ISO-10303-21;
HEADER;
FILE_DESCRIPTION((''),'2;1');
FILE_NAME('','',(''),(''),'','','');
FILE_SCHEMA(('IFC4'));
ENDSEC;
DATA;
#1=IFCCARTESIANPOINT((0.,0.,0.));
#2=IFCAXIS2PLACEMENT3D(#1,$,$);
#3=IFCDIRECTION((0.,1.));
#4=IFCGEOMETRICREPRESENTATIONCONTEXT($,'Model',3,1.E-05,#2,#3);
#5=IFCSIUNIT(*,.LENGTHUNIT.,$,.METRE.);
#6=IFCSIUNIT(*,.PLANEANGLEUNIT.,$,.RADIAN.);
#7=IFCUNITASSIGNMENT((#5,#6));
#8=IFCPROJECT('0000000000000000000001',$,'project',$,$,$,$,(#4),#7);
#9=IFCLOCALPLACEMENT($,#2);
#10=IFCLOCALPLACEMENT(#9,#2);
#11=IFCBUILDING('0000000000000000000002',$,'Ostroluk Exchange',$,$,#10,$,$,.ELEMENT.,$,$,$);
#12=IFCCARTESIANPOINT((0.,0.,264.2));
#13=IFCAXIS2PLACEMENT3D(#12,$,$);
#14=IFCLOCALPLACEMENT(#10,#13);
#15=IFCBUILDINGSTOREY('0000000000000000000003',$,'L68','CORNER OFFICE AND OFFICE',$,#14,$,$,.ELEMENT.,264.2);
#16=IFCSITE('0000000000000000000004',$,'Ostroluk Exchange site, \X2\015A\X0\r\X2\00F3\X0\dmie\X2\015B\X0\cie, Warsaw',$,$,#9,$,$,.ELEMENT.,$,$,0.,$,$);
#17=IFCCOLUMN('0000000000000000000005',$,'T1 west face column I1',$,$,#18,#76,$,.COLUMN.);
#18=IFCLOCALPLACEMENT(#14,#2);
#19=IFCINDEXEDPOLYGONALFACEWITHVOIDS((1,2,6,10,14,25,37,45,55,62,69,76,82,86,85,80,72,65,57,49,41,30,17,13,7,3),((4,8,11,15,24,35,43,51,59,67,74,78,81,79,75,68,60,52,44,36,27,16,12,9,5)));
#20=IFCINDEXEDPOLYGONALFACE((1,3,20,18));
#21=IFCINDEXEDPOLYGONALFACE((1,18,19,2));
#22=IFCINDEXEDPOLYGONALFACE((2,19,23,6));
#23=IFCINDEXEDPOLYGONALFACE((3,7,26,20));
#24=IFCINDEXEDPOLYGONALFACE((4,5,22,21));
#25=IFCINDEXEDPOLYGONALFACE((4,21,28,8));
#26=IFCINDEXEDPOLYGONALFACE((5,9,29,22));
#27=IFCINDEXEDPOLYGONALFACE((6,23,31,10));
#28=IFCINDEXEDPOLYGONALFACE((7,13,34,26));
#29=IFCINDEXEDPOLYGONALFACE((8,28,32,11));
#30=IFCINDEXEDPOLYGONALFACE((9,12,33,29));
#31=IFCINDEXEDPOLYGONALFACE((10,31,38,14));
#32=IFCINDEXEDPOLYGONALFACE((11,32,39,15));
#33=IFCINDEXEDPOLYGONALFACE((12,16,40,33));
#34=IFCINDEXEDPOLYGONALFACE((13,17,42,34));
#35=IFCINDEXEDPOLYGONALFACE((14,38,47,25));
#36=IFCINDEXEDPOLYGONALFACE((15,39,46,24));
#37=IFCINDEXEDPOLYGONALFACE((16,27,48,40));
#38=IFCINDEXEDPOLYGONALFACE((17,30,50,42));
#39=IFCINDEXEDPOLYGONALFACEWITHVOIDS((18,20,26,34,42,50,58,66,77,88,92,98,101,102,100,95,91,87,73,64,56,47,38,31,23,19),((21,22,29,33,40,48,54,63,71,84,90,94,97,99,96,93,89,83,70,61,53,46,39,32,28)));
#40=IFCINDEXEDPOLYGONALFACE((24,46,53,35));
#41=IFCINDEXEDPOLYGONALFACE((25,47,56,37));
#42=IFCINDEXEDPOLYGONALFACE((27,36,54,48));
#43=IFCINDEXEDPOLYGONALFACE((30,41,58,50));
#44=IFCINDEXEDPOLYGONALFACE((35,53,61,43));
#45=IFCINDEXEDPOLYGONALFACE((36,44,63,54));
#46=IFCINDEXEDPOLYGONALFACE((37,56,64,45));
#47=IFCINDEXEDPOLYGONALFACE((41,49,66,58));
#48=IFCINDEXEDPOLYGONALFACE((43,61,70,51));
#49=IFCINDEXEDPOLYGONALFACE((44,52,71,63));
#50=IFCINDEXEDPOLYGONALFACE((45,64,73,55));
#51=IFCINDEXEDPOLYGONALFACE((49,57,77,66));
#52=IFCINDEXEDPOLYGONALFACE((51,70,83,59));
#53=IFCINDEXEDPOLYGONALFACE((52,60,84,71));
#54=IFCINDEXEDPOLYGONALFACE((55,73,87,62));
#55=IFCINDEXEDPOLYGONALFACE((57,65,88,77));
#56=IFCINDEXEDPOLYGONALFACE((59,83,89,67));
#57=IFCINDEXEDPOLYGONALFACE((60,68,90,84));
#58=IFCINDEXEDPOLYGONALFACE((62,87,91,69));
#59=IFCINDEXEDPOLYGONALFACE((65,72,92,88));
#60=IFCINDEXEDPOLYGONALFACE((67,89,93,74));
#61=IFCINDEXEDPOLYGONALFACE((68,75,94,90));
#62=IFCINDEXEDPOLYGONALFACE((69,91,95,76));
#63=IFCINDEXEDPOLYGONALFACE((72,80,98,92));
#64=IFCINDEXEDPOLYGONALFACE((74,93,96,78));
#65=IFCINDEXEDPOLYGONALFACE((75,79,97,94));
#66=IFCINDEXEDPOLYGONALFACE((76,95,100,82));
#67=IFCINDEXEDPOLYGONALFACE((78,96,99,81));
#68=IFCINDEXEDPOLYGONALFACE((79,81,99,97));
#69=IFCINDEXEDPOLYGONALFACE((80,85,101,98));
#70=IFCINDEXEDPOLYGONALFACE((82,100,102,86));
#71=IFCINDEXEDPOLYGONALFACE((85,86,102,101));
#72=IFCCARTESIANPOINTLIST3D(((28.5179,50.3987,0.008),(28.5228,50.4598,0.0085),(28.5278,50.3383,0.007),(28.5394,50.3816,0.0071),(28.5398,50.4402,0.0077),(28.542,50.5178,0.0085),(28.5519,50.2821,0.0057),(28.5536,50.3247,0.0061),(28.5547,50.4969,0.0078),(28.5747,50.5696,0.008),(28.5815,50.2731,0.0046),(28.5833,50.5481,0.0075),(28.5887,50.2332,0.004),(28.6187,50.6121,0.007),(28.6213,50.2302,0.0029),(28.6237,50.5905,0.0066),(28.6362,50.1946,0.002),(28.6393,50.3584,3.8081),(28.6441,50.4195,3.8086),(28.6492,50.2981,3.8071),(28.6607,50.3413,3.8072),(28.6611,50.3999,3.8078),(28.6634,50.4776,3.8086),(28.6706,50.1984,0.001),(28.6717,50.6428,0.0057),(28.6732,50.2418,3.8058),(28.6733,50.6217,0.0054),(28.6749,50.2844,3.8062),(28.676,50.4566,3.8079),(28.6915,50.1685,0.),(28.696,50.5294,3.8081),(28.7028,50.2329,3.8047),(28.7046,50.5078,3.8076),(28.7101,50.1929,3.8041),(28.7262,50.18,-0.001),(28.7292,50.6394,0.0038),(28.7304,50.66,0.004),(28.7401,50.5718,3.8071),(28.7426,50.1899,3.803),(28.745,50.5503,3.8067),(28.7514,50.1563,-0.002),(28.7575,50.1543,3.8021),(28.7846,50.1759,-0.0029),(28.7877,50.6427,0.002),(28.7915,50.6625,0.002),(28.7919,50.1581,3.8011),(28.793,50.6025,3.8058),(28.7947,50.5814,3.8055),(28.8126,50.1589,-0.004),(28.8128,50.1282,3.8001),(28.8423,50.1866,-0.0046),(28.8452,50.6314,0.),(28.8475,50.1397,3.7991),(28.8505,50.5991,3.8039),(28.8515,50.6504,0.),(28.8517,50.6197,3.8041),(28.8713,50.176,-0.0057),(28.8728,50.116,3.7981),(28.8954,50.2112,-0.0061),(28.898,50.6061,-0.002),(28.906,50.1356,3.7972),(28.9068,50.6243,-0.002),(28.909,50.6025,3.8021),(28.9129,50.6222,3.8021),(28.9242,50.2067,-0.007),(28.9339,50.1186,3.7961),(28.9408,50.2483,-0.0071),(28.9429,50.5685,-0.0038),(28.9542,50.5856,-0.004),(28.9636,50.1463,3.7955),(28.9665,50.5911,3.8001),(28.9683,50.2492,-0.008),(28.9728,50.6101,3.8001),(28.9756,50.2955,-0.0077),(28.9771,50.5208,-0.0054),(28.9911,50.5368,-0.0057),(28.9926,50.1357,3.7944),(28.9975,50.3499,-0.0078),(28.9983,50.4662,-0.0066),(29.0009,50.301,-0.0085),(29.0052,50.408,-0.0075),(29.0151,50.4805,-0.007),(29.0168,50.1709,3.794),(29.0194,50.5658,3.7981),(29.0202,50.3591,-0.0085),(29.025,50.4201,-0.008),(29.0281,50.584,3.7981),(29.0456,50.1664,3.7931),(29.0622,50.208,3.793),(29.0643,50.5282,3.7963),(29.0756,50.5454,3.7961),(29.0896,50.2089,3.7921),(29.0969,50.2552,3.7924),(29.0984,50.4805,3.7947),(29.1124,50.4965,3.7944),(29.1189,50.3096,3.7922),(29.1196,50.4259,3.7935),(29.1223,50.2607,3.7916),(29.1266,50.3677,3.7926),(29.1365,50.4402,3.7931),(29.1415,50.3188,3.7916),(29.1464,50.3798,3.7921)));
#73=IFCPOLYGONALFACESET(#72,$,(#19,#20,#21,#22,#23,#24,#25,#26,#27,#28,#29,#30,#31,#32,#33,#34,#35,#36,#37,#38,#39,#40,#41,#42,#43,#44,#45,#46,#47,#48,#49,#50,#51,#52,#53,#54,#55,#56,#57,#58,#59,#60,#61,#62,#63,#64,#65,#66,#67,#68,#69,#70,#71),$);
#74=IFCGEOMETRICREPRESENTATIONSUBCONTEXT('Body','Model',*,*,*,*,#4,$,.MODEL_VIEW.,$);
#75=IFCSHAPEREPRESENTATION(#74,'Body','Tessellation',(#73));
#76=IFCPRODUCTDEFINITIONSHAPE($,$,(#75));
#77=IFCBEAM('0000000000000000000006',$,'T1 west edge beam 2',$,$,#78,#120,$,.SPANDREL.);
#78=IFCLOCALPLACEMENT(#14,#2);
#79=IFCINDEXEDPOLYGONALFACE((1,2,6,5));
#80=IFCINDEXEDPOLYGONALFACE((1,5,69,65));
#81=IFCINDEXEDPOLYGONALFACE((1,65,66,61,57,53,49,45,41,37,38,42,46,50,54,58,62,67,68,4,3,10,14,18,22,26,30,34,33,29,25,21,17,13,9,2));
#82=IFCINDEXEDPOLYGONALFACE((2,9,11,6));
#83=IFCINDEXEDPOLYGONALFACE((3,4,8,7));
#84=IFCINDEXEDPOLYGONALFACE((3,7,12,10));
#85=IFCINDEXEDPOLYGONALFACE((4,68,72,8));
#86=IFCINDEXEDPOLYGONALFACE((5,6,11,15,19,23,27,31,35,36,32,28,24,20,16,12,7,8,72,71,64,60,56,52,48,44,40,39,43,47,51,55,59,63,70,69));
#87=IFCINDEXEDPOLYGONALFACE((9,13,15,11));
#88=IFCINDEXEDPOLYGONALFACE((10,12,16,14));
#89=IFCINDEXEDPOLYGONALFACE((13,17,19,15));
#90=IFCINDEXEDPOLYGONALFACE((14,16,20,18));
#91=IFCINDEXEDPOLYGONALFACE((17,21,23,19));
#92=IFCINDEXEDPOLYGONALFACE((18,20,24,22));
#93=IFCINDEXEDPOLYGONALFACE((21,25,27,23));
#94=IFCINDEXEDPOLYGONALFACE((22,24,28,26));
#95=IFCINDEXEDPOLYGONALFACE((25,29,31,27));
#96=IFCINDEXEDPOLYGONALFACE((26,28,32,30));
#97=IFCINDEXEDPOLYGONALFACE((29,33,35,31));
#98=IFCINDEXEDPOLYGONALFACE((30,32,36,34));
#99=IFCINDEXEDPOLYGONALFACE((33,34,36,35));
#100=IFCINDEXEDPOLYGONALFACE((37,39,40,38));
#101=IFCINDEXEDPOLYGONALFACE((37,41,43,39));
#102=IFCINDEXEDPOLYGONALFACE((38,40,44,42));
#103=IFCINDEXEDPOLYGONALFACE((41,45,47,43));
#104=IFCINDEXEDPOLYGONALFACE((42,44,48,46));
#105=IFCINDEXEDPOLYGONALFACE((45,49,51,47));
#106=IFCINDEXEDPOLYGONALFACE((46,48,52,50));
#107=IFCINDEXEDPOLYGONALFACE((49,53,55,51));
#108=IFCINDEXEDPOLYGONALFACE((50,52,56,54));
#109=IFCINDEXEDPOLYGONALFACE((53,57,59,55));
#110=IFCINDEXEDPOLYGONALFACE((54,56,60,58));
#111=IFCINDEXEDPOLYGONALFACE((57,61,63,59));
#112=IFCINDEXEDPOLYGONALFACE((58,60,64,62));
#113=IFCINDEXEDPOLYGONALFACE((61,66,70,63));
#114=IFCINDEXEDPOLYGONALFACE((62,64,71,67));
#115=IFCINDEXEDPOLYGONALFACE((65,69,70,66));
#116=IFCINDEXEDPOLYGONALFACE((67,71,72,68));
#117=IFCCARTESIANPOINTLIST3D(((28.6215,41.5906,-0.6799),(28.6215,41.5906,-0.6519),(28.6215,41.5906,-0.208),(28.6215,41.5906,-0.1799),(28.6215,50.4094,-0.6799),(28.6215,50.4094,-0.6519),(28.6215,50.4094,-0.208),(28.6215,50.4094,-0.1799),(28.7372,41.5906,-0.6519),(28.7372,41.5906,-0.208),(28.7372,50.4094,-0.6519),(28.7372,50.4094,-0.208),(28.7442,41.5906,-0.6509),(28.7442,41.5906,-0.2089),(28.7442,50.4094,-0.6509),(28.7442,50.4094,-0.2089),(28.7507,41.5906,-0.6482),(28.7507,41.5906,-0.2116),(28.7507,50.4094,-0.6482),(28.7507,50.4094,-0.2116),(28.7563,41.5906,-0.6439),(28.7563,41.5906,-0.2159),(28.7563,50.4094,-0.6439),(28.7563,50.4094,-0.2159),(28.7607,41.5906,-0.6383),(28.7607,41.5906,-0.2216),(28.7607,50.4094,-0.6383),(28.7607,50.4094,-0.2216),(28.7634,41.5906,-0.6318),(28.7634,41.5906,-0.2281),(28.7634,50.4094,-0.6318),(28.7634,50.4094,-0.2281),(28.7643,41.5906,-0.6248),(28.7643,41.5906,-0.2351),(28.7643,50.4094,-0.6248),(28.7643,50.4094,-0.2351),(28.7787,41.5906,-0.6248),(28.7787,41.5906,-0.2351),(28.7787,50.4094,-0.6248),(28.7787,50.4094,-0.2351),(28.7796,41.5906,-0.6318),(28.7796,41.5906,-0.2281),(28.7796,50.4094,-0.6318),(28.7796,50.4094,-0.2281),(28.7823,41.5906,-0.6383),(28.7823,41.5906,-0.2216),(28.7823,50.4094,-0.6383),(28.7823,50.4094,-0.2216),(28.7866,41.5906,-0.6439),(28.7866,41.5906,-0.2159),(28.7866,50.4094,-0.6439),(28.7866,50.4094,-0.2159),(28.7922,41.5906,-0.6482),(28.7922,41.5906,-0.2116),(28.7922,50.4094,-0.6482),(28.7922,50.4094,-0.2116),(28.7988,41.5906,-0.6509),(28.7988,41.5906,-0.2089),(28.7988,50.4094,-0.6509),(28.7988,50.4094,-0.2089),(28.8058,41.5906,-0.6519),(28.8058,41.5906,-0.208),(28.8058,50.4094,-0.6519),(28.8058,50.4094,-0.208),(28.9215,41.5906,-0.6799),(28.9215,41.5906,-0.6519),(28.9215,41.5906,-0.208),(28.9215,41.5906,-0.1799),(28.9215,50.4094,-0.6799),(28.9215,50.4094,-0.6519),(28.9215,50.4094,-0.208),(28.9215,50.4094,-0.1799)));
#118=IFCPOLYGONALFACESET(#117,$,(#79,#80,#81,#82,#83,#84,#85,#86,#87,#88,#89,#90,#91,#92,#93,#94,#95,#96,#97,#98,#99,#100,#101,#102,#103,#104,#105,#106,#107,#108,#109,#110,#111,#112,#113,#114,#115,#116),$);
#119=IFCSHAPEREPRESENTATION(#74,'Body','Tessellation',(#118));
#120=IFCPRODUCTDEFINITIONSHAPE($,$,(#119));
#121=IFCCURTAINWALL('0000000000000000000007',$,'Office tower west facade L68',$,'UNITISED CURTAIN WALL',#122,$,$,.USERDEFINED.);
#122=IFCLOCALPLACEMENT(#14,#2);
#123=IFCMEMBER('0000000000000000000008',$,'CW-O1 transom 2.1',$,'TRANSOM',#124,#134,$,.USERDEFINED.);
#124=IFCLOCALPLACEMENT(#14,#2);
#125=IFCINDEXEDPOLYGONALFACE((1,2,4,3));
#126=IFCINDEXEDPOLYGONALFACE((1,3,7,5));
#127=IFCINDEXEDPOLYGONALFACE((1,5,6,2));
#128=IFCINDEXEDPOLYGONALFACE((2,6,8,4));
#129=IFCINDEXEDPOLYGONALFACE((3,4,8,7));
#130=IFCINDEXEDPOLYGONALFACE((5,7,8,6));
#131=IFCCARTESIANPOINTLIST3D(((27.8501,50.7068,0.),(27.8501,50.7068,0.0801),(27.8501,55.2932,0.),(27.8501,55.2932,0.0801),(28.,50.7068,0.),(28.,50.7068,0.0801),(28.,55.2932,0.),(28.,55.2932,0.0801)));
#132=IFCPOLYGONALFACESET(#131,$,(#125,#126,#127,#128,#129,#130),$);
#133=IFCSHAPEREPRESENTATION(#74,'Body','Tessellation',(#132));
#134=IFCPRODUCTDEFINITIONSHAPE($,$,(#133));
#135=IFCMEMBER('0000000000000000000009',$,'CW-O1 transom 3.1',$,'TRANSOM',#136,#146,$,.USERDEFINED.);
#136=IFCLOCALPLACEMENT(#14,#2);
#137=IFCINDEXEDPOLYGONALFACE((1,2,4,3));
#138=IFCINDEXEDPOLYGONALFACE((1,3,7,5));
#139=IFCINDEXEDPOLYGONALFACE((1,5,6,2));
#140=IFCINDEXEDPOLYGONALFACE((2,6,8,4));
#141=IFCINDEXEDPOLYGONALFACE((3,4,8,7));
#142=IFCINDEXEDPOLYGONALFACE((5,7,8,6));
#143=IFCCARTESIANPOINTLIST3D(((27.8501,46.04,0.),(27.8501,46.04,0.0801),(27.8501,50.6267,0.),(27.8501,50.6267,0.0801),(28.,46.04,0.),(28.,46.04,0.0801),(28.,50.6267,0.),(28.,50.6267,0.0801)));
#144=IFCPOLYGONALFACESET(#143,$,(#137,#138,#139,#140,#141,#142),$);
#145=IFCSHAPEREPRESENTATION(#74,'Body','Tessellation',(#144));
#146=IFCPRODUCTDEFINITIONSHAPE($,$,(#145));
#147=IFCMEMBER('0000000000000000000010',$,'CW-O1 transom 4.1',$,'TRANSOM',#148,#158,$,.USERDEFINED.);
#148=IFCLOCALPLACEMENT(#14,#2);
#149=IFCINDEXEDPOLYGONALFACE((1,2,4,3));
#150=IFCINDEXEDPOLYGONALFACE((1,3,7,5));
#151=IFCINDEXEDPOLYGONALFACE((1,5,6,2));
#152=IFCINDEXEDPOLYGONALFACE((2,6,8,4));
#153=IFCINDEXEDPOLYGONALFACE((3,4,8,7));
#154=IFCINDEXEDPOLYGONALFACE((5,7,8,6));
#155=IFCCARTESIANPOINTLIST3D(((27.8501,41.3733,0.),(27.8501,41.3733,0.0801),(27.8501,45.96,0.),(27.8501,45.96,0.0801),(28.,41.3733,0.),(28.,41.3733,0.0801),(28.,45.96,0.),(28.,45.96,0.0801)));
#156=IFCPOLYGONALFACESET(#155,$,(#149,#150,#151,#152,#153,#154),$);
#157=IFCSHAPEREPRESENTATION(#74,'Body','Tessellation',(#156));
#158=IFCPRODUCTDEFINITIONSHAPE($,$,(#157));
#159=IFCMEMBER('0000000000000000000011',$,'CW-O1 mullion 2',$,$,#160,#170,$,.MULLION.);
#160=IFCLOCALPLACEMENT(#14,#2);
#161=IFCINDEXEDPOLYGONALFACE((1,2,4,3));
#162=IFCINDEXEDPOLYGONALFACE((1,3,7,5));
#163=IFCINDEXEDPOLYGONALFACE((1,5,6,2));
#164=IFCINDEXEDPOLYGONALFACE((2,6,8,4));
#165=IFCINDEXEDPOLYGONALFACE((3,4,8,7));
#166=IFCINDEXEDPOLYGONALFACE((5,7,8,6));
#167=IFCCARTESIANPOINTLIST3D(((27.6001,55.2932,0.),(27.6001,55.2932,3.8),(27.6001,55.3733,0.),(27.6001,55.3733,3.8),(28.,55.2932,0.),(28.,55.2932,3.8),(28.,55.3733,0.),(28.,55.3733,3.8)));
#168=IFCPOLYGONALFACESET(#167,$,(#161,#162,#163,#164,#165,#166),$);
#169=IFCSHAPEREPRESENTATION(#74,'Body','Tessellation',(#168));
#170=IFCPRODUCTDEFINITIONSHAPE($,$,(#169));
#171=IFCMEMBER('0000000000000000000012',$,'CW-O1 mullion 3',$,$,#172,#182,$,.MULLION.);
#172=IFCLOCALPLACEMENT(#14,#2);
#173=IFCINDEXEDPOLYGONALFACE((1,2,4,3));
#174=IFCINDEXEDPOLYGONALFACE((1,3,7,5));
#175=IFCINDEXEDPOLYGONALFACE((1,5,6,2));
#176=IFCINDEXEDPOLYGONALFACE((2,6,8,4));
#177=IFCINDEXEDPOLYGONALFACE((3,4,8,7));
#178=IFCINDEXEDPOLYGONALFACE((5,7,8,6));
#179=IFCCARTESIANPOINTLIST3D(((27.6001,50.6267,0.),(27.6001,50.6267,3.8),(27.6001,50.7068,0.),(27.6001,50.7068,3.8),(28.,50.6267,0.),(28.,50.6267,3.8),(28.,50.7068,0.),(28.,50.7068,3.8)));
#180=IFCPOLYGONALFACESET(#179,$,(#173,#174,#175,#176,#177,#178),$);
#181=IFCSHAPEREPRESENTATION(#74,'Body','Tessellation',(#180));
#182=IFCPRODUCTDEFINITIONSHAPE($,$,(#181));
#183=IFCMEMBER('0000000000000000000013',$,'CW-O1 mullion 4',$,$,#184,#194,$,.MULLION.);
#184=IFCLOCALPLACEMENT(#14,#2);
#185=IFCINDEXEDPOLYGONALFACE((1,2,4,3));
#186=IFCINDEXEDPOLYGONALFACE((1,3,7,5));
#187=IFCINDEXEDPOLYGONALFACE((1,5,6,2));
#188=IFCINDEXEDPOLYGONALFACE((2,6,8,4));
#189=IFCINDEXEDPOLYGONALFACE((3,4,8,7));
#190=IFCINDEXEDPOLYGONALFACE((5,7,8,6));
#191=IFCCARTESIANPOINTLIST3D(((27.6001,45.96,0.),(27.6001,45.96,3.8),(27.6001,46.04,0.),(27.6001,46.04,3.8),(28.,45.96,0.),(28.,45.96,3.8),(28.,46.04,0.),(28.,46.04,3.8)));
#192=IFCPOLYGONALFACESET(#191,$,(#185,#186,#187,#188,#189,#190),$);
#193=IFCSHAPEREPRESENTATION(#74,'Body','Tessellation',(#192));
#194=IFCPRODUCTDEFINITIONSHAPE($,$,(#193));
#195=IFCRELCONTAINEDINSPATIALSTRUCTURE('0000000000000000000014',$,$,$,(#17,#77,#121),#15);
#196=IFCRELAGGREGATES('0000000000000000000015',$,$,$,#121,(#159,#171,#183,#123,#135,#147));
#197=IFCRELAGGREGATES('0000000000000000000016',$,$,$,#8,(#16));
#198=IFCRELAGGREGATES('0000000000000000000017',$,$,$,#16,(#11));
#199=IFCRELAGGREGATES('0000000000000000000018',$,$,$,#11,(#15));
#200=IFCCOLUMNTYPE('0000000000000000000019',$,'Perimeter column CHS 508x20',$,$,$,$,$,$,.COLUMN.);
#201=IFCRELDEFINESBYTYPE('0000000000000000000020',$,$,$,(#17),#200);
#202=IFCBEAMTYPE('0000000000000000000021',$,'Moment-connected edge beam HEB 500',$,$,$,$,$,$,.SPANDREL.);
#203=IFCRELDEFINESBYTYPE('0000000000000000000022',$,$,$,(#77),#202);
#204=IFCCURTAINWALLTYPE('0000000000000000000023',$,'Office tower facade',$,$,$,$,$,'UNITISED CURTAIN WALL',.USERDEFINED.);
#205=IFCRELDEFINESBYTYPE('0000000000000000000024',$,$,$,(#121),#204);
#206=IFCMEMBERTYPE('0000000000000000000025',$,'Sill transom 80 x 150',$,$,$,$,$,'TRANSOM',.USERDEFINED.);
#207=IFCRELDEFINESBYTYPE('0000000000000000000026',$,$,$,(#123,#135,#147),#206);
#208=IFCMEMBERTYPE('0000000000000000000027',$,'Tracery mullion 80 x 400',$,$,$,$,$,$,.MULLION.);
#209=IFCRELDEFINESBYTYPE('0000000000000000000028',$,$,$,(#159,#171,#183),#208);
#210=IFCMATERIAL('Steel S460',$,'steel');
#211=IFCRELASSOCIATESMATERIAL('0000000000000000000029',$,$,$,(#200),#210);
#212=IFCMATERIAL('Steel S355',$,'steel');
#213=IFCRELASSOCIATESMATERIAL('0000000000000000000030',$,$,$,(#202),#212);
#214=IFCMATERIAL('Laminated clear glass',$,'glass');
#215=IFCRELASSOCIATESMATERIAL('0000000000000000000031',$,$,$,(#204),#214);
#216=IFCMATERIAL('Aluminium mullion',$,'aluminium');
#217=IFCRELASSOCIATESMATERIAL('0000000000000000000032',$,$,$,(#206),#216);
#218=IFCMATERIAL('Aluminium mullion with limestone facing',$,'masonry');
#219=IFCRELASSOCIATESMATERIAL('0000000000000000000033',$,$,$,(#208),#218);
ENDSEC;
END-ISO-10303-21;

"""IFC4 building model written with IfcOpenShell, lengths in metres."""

from ifc_helpers import new_model, si_unit, direction, frame, origin, origin_2d, place, context, subcontext, project, spatial, rectangle, hollow_circle, i_section, extrude, material, material_profile, profile_set, type_object, element, aggregate, save


model = new_model("IFC4")

# Units and contexts
model_context = context("Model", 3, precision=1e-05, world=origin(), true_north=direction((0.0, 1.0)))
body_context = subcontext(model_context, "Body", "Model", "MODEL_VIEW")
ifc_project = project(units=[si_unit("LENGTHUNIT", "METRE"), si_unit("PLANEANGLEUNIT", "RADIAN")], contexts=[model_context])

# Site, building, storey
site_placement = place(None, origin())
site = spatial("IfcSite", under=ifc_project, at=site_placement, Name="Ostroluk Exchange site, Śródmieście, Warsaw", CompositionType="ELEMENT", RefElevation=0.0)
building_placement = place(site_placement, origin())
building = spatial("IfcBuilding", under=site, at=building_placement, Name="Ostroluk Exchange", CompositionType="ELEMENT")
storey_placement = place(building_placement, frame((0.0, 0.0, 264.2)))
storey = spatial("IfcBuildingStorey", under=building, at=storey_placement, Name="L68", Description="CORNER OFFICE AND OFFICE", CompositionType="ELEMENT", Elevation=264.2)

# Column
ifc_material_1 = material(Name="Steel S460", Category="steel")
ifc_material_profile_1 = material_profile(ifc_material_1, hollow_circle(Radius=0.2539, WallThickness=0.02, at=origin_2d()), Name="CHS 508x20")
ifc_profile_set_1 = profile_set([ifc_material_profile_1], Name="Steel S460")
column_type = type_object("IfcColumnType", Name="Perimeter column CHS 508x20", PredefinedType="COLUMN", material=ifc_profile_set_1)
column_placement = place(storey_placement, frame((28.7715, 50.4094, 0.0), z_axis=(0.031913, -0.010595, 0.999435), x_axis=(0.315082, 0.949065, 0.0)))
element("IfcColumn", 1, at=column_placement, inside=storey, type_object=column_type, Name="T1 west face column I1", PredefinedType="COLUMN", context=body_context, shape_type="SweptSolid", body=[
    extrude(hollow_circle(Radius=0.2539, WallThickness=0.02, at=origin_2d()), origin(), (0.0, 0.0, 1.0), 3.8022),
])

# Beam
ifc_material_2 = material(Name="Steel S355", Category="steel")
ifc_material_profile_2 = material_profile(ifc_material_2, i_section(OverallWidth=0.3, OverallDepth=0.5, WebThickness=0.0144, FlangeThickness=0.0281, FilletRadius=0.0271, at=origin_2d()), Name="HEB 500")
ifc_profile_set_2 = profile_set([ifc_material_profile_2], Name="Steel S355")
beam_type = type_object("IfcBeamType", Name="Moment-connected edge beam HEB 500", PredefinedType="SPANDREL", material=ifc_profile_set_2)
beam_placement = place(storey_placement, frame((28.7715, 50.4094, -0.4299), z_axis=(0.0, -1.0, 0.0), x_axis=(1.0, 0.0, 0.0)))
element("IfcBeam", 2, at=beam_placement, inside=storey, type_object=beam_type, Name="T1 west edge beam 2", PredefinedType="SPANDREL", context=body_context, shape_type="SweptSolid", body=[
    extrude(i_section(OverallWidth=0.3, OverallDepth=0.5, WebThickness=0.0144, FlangeThickness=0.0281, FilletRadius=0.0271, at=origin_2d()), origin(), (0.0, 0.0, 1.0), 8.8188),
])

# Curtain wall, members
ifc_material_3 = material(Name="Laminated clear glass", Category="glass")
curtain_wall_type = type_object("IfcCurtainWallType", Name="Office tower facade", ElementType="UNITISED CURTAIN WALL", PredefinedType="USERDEFINED", material=ifc_material_3)
curtain_wall_placement = place(storey_placement, origin())
curtain_wall = element("IfcCurtainWall", 3, at=curtain_wall_placement, inside=storey, type_object=curtain_wall_type, Name="Office tower west facade L68", ObjectType="UNITISED CURTAIN WALL", PredefinedType="USERDEFINED")
ifc_material_4 = material(Name="Aluminium mullion", Category="aluminium")
ifc_material_profile_3 = material_profile(ifc_material_4, rectangle(XDim=0.1499, YDim=0.0801, at=origin_2d()), Name="Sill transom 80 x 150")
ifc_profile_set_3 = profile_set([ifc_material_profile_3], Name="Aluminium mullion")
member_type_1 = type_object("IfcMemberType", Name="Sill transom 80 x 150", ElementType="TRANSOM", PredefinedType="USERDEFINED", material=ifc_profile_set_3)
member_1_placement = place(storey_placement, frame((27.925, 55.2932, 0.04), z_axis=(0.0, -1.0, 0.0), x_axis=(1.0, 0.0, 0.0)))
member_1 = element("IfcMember", 4, at=member_1_placement, type_object=member_type_1, Name="CW-O1 transom 2.1", ObjectType="TRANSOM", PredefinedType="USERDEFINED", context=body_context, shape_type="SweptSolid", body=[
    extrude(rectangle(XDim=0.1499, YDim=0.0801, at=origin_2d()), origin(), (0.0, 0.0, 1.0), 4.5864),
])
member_2_placement = place(storey_placement, frame((27.925, 50.6267, 0.04), z_axis=(0.0, -1.0, 0.0), x_axis=(1.0, 0.0, 0.0)))
member_2 = element("IfcMember", 5, at=member_2_placement, type_object=member_type_1, Name="CW-O1 transom 3.1", ObjectType="TRANSOM", PredefinedType="USERDEFINED", context=body_context, shape_type="SweptSolid", body=[
    extrude(rectangle(XDim=0.1499, YDim=0.0801, at=origin_2d()), origin(), (0.0, 0.0, 1.0), 4.5867),
])
member_3_placement = place(storey_placement, frame((27.925, 45.96, 0.04), z_axis=(0.0, -1.0, 0.0), x_axis=(1.0, 0.0, 0.0)))
member_3 = element("IfcMember", 6, at=member_3_placement, type_object=member_type_1, Name="CW-O1 transom 4.1", ObjectType="TRANSOM", PredefinedType="USERDEFINED", context=body_context, shape_type="SweptSolid", body=[
    extrude(rectangle(XDim=0.1499, YDim=0.0801, at=origin_2d()), origin(), (0.0, 0.0, 1.0), 4.5867),
])
ifc_material_5 = material(Name="Aluminium mullion with limestone facing", Category="masonry")
ifc_material_profile_4 = material_profile(ifc_material_5, rectangle(XDim=0.3999, YDim=0.0801, at=origin_2d()), Name="Tracery mullion 80 x 400")
ifc_profile_set_4 = profile_set([ifc_material_profile_4], Name="Aluminium mullion with limestone facing")
member_type_2 = type_object("IfcMemberType", Name="Tracery mullion 80 x 400", PredefinedType="MULLION", material=ifc_profile_set_4)
member_4_placement = place(storey_placement, frame((27.8, 55.3333, 0.0), z_axis=(0.0, 0.0, 1.0), x_axis=(1.0, 0.0, 0.0)))
member_4 = element("IfcMember", 7, at=member_4_placement, type_object=member_type_2, Name="CW-O1 mullion 2", PredefinedType="MULLION", context=body_context, shape_type="SweptSolid", body=[
    extrude(rectangle(XDim=0.3999, YDim=0.0801, at=origin_2d()), origin(), (0.0, 0.0, 1.0), 3.8),
])
member_5_placement = place(storey_placement, frame((27.8, 50.6667, 0.0), z_axis=(0.0, 0.0, 1.0), x_axis=(1.0, 0.0, 0.0)))
member_5 = element("IfcMember", 8, at=member_5_placement, type_object=member_type_2, Name="CW-O1 mullion 3", PredefinedType="MULLION", context=body_context, shape_type="SweptSolid", body=[
    extrude(rectangle(XDim=0.3999, YDim=0.0801, at=origin_2d()), origin(), (0.0, 0.0, 1.0), 3.8),
])
member_6_placement = place(storey_placement, frame((27.8, 46.0, 0.0), z_axis=(0.0, 0.0, 1.0), x_axis=(1.0, 0.0, 0.0)))
member_6 = element("IfcMember", 9, at=member_6_placement, type_object=member_type_2, Name="CW-O1 mullion 4", PredefinedType="MULLION", context=body_context, shape_type="SweptSolid", body=[
    extrude(rectangle(XDim=0.3999, YDim=0.0801, at=origin_2d()), origin(), (0.0, 0.0, 1.0), 3.8),
])
aggregate(curtain_wall, [member_4, member_5, member_6, member_1, member_2, member_3])

save(model, "model.ifc")
